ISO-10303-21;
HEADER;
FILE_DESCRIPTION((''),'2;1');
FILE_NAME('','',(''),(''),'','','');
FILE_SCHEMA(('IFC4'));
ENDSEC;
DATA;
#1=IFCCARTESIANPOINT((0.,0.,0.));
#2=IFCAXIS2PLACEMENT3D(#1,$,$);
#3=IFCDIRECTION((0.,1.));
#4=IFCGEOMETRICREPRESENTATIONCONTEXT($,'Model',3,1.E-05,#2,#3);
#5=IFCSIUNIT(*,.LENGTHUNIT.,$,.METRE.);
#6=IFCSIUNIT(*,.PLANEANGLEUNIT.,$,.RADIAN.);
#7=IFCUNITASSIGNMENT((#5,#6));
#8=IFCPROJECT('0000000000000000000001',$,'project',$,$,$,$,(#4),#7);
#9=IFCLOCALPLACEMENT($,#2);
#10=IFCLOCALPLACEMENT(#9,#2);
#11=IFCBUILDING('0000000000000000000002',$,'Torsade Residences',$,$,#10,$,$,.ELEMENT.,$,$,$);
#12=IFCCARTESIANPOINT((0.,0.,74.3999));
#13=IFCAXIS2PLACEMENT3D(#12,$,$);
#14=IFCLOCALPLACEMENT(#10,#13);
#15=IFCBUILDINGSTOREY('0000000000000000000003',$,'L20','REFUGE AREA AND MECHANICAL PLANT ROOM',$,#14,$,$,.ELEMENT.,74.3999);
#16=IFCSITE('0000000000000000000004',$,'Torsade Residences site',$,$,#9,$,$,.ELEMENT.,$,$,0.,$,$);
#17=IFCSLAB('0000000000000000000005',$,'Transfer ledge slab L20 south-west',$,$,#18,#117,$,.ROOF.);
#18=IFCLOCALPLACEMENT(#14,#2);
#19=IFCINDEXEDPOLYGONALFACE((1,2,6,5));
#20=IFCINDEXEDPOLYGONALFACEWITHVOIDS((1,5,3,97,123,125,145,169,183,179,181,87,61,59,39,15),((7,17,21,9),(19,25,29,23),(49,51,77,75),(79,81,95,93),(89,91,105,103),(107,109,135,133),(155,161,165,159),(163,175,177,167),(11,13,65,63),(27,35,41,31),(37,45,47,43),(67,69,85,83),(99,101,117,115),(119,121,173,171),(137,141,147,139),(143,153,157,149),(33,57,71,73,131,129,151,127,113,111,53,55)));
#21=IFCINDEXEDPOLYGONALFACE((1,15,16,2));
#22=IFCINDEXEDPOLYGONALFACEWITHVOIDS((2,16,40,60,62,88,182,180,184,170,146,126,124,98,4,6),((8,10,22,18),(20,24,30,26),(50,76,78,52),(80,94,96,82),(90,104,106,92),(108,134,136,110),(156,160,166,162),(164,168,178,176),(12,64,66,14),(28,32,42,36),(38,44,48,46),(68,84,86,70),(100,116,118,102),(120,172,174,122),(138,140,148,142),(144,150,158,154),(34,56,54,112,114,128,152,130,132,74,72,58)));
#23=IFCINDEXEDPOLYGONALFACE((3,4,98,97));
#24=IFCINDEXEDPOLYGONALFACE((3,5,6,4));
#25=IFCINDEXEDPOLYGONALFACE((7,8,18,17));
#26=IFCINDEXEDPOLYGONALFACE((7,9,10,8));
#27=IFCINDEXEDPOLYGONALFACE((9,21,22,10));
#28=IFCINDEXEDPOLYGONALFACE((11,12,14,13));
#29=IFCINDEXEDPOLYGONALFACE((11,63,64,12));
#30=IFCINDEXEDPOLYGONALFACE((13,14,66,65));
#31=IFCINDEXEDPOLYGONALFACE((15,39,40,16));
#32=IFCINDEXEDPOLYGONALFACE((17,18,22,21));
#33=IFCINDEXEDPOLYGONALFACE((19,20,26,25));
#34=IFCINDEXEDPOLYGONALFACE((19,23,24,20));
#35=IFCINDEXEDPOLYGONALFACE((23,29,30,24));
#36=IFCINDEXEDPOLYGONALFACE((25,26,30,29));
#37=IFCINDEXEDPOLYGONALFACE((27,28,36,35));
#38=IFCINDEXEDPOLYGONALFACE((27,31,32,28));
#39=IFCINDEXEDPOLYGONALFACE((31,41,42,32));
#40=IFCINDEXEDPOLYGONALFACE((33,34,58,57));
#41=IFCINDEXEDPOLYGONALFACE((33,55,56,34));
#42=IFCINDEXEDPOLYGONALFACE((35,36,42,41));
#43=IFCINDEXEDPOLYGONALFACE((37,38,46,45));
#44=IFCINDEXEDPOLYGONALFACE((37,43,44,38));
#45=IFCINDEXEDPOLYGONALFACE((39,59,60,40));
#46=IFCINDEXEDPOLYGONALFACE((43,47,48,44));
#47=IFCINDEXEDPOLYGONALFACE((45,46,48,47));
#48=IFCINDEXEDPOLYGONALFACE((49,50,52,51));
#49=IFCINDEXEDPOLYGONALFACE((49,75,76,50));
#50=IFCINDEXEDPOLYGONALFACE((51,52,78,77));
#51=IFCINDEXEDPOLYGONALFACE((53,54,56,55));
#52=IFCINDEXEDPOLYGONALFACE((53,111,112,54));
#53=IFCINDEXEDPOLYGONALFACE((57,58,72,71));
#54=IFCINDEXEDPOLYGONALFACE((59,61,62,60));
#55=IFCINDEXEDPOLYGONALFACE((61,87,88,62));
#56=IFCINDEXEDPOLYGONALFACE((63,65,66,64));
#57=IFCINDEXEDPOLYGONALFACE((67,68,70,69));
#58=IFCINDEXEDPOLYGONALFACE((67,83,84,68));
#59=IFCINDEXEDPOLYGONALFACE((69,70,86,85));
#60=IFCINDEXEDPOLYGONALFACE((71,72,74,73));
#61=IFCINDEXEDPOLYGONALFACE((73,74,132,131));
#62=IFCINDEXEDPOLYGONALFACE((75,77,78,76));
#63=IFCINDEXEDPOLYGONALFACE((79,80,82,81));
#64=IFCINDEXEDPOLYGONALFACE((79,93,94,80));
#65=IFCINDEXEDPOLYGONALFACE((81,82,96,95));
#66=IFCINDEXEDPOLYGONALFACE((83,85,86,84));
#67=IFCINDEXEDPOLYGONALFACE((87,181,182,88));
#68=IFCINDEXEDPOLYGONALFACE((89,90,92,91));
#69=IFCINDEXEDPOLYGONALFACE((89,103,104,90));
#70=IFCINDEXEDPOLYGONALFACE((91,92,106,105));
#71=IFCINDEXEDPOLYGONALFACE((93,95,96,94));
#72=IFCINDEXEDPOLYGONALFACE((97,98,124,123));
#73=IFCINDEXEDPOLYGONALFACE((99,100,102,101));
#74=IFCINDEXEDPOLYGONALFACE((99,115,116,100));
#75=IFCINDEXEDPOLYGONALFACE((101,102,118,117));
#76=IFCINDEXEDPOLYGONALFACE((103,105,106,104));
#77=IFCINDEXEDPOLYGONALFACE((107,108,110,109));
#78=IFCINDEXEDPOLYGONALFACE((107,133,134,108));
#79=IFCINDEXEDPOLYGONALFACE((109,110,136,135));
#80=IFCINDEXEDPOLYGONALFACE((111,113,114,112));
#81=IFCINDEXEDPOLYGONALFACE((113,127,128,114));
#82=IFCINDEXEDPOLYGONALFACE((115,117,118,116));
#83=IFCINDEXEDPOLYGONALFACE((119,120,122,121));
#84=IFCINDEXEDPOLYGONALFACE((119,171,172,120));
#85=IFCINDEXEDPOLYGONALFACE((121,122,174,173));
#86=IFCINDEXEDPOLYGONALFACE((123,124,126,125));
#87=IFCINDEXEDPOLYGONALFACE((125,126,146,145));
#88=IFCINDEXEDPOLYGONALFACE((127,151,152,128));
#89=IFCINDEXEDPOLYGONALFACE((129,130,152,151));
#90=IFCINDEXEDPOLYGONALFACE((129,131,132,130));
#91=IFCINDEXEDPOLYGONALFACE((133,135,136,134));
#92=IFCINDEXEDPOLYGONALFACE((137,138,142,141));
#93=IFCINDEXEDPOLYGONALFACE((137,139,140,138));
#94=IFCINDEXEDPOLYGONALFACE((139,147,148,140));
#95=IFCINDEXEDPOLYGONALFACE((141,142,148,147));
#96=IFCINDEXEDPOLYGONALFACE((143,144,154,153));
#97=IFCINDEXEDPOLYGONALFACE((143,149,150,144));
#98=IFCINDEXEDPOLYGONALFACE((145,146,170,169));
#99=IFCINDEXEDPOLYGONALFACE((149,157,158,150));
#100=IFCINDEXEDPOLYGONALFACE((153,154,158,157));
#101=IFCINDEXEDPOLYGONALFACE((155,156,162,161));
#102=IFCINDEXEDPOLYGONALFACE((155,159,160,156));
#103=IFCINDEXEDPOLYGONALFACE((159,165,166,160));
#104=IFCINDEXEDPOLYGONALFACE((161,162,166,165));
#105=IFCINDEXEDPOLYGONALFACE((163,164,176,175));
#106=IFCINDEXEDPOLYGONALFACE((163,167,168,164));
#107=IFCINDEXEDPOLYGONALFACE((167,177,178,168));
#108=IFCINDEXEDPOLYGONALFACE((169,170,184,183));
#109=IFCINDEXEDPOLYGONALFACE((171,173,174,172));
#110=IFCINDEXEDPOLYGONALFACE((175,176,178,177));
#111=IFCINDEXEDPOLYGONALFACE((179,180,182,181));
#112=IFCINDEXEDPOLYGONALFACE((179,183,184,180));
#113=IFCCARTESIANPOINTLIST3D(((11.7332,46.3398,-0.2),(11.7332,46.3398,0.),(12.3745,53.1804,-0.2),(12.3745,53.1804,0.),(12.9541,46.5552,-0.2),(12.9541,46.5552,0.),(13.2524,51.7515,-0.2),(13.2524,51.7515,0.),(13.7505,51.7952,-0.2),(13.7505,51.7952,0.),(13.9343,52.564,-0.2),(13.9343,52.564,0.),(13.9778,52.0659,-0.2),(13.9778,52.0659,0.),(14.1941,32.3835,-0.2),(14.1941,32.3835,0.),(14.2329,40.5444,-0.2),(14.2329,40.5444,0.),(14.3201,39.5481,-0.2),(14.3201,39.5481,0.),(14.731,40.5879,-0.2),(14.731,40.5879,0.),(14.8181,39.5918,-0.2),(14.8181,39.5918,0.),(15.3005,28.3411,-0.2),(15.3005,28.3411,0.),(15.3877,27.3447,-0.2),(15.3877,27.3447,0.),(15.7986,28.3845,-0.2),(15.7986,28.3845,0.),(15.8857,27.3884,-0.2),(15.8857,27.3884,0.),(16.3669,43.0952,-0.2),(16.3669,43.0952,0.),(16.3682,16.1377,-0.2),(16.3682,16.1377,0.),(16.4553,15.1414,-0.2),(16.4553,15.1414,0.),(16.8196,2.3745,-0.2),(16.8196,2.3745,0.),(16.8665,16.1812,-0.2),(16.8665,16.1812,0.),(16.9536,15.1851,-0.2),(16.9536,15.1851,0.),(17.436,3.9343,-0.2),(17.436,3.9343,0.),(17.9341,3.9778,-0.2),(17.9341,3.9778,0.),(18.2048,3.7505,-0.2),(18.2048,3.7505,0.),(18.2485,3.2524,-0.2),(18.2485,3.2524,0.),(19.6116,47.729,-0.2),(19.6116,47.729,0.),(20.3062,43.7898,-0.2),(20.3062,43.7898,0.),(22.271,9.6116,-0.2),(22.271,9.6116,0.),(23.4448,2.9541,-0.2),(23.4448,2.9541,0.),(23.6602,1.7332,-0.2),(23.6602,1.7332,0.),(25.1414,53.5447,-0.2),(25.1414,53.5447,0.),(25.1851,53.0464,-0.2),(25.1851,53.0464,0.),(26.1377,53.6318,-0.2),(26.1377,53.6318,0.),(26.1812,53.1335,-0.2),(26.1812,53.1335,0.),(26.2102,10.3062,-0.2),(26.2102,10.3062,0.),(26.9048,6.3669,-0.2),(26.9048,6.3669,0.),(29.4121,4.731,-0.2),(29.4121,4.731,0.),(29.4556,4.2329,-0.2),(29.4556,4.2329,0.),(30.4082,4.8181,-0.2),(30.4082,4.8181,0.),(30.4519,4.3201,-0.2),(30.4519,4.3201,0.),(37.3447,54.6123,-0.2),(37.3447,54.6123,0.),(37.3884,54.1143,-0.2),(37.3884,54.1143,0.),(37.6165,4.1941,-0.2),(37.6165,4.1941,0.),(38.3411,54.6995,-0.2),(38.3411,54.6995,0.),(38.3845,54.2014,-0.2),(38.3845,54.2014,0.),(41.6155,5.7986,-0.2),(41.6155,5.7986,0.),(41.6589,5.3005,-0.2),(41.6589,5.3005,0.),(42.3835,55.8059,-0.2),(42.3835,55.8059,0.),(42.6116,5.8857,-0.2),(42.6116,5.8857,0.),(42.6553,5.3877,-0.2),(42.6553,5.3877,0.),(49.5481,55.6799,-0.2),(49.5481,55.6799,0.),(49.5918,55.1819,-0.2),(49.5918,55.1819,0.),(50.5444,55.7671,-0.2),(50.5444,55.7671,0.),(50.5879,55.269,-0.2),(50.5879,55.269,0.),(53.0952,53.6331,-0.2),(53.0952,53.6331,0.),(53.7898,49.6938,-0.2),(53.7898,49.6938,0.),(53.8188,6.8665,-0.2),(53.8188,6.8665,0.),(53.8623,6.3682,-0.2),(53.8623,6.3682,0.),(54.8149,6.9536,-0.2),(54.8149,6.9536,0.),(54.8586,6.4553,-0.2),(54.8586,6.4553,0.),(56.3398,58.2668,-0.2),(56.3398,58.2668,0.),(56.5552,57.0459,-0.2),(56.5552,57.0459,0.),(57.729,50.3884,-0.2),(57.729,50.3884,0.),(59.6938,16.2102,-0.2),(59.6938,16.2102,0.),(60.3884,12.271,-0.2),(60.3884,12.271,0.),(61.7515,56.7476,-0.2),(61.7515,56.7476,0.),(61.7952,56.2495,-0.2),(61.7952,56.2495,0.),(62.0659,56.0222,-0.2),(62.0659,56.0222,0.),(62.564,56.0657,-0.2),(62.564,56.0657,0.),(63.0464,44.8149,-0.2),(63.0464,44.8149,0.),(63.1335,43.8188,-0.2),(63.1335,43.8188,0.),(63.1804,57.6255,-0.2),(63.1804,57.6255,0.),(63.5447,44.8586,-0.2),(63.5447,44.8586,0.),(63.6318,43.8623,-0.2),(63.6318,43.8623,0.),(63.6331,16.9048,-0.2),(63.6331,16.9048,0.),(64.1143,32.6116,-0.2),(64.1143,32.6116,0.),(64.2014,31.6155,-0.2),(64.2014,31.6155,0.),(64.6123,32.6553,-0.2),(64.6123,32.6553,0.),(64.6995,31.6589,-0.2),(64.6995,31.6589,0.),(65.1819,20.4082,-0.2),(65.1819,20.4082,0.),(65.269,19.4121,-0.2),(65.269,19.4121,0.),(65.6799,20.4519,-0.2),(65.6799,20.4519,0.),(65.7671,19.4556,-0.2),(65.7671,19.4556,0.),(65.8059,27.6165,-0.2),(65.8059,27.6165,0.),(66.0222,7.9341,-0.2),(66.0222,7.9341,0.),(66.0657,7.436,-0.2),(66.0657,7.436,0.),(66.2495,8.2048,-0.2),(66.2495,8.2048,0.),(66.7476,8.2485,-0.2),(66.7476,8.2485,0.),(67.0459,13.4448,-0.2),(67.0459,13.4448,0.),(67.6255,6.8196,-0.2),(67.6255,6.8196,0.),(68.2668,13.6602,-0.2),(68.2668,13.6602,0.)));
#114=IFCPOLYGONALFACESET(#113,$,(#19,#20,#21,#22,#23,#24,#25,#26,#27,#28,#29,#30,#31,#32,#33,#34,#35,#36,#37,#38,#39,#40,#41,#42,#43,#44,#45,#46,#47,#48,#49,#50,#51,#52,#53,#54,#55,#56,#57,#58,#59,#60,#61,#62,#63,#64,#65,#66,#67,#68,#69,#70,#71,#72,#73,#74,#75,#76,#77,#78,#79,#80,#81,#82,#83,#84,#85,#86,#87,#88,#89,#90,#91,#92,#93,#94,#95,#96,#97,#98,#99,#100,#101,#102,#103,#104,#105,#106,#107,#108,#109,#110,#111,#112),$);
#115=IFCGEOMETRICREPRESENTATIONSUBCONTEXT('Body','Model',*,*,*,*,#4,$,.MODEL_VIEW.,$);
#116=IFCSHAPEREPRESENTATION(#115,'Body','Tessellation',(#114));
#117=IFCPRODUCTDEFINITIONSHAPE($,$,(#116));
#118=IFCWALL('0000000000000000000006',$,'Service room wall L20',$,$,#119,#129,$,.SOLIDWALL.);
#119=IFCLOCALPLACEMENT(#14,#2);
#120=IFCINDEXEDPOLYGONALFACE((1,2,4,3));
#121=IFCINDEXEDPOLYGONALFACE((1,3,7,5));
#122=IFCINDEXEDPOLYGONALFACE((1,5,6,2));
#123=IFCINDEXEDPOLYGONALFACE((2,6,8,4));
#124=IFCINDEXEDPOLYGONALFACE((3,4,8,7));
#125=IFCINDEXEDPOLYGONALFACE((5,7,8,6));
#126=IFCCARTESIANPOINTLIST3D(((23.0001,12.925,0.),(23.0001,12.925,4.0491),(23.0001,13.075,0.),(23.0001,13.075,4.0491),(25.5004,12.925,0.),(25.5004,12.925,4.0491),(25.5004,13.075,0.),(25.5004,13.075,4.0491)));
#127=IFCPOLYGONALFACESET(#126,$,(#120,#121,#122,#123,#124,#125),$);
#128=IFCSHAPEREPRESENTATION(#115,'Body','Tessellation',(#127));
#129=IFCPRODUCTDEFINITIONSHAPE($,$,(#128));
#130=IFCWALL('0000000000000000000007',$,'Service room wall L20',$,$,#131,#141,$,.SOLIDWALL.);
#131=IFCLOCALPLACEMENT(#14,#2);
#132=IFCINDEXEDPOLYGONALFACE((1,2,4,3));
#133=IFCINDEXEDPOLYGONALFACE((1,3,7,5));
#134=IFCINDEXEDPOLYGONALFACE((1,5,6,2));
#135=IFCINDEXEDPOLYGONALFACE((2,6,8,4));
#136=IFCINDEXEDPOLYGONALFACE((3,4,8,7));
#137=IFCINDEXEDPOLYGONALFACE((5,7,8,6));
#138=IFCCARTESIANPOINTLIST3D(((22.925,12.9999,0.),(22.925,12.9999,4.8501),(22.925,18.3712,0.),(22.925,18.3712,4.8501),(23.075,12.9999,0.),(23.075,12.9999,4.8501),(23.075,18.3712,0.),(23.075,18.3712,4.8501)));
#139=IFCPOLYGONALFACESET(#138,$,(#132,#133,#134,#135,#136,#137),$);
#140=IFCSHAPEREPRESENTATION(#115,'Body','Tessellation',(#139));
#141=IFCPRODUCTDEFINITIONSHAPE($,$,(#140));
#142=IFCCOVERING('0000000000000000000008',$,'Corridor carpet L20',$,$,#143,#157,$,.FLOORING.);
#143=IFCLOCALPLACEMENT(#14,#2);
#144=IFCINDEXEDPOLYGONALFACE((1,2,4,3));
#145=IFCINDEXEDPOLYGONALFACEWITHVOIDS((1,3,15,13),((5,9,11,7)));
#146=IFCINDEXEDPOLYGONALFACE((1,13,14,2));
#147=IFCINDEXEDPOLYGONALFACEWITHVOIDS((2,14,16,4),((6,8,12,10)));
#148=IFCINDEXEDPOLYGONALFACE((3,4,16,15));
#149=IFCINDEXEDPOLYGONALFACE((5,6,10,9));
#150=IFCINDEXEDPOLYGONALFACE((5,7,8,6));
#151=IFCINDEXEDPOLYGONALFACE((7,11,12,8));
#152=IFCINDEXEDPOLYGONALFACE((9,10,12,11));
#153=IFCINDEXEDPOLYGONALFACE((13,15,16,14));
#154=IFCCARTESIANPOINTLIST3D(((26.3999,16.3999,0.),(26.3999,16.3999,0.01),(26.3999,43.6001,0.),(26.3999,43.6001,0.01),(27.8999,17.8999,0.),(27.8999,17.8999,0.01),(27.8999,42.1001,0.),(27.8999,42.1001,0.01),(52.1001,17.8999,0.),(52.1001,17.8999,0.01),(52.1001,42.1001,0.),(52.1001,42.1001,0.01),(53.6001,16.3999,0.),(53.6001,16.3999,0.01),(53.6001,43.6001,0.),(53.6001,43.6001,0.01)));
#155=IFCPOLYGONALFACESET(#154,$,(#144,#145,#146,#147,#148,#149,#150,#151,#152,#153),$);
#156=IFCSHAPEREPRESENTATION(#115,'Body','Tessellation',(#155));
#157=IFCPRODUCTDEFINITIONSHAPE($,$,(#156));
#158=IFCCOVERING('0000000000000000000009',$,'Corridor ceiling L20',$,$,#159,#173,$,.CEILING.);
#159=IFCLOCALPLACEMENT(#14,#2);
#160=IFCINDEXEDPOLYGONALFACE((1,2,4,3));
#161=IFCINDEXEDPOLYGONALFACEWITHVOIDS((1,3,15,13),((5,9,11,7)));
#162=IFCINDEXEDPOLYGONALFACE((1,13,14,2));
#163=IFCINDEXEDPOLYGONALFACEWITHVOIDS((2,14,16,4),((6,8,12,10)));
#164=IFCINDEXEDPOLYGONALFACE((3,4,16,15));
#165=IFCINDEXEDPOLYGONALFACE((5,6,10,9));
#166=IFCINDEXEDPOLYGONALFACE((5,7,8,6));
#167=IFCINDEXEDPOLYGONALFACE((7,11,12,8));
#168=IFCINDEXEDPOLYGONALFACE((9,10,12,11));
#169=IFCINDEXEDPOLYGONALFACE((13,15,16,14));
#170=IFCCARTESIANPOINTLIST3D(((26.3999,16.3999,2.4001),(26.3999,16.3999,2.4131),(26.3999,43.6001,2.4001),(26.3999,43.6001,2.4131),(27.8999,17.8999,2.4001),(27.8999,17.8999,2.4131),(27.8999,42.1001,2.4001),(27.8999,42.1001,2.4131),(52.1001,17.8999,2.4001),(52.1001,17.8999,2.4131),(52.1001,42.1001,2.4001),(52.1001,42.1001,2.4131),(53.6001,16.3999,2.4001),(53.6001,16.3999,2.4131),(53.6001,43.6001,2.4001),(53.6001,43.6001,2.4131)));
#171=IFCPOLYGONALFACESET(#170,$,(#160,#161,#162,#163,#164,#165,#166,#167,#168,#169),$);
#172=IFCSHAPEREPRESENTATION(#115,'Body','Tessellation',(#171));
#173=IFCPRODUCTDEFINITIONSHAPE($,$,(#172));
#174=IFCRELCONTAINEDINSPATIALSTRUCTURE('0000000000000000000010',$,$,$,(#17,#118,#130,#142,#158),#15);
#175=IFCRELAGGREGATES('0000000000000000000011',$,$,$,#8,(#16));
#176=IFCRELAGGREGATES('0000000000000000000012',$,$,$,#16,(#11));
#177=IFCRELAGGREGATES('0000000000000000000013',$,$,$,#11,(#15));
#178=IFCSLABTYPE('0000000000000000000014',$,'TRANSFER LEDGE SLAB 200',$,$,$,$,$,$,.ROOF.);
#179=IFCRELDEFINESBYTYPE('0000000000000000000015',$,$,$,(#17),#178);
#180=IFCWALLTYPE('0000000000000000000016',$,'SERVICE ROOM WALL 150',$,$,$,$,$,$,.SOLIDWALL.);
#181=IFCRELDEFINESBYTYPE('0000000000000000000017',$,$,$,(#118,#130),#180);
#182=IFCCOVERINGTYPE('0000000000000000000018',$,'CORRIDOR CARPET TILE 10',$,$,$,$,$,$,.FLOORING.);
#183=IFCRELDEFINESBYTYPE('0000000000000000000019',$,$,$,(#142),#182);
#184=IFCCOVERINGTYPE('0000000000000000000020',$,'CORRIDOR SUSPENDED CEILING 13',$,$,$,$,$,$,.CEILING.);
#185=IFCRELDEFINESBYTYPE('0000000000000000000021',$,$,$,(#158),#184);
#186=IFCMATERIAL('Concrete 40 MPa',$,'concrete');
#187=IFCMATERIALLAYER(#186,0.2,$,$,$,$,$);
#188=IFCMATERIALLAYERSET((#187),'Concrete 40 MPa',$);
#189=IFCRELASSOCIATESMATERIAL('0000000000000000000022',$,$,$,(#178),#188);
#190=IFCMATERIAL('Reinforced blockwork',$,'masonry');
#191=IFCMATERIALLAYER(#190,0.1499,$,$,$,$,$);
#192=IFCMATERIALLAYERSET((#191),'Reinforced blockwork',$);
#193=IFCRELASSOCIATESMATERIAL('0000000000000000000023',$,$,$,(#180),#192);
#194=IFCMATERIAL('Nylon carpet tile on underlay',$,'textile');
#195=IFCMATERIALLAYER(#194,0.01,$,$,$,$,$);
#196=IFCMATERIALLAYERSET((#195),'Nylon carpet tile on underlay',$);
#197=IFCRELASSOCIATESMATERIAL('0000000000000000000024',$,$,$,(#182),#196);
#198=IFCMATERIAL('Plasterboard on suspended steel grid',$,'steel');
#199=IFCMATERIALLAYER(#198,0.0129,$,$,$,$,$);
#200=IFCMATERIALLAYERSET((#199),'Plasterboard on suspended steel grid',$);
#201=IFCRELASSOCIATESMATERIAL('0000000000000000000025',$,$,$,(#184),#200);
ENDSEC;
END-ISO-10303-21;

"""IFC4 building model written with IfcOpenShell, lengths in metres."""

from ifc_helpers import new_model, si_unit, direction, frame, frame_2d, origin, place, context, subcontext, project, spatial, polyline, rectangle, outline, extrude, material, layer, layer_set, type_object, element, save


model = new_model("IFC4")

# Units and contexts
model_context = context("Model", 3, precision=1e-05, world=origin(), true_north=direction((0.0, 1.0)))
body_context = subcontext(model_context, "Body", "Model", "MODEL_VIEW")
ifc_project = project(units=[si_unit("LENGTHUNIT", "METRE"), si_unit("PLANEANGLEUNIT", "RADIAN")], contexts=[model_context])

# Site, building, storey
site_placement = place(None, origin())
site = spatial("IfcSite", under=ifc_project, at=site_placement, Name="Torsade Residences site", CompositionType="ELEMENT", RefElevation=0.0)
building_placement = place(site_placement, origin())
building = spatial("IfcBuilding", under=site, at=building_placement, Name="Torsade Residences", CompositionType="ELEMENT")
storey_placement = place(building_placement, frame((0.0, 0.0, 74.3999)))
storey = spatial("IfcBuildingStorey", under=building, at=storey_placement, Name="L20", Description="REFUGE AREA AND MECHANICAL PLANT ROOM", CompositionType="ELEMENT", Elevation=74.3999)

# Slab
ifc_material_1 = material(Name="Concrete 40 MPa", Category="concrete")
ifc_layer_1 = layer(ifc_material_1, 0.2)
ifc_layer_set_1 = layer_set([ifc_layer_1], Name="Concrete 40 MPa")
slab_type_1 = type_object("IfcSlabType", Name="TRANSFER LEDGE SLAB 200", PredefinedType="ROOF", material=ifc_layer_set_1)
slab_1_placement = place(storey_placement, frame((0.0, 0.0, -0.2)))
element("IfcSlab", 1, at=slab_1_placement, inside=storey, type_object=slab_type_1, Name="Transfer ledge slab L20 south-west", PredefinedType="ROOF", context=body_context, shape_type="SweptSolid", body=[
    extrude(outline(polyline([(14.1941, 32.3835), (16.8196, 2.3745), (23.4448, 2.9541), (23.6602, 1.7332), (37.6165, 4.1941), (67.6255, 6.8196), (67.0459, 13.4448), (68.2668, 13.6602), (65.8059, 27.6165), (63.1804, 57.6255), (56.5552, 57.0459), (56.3398, 58.2668), (42.3835, 55.8059), (12.3745, 53.1804), (12.9541, 46.5552), (11.7332, 46.3398), (14.1941, 32.3835)]), holes=[polyline([(66.2495, 8.2048), (66.7476, 8.2485), (65.7671, 19.4556), (65.269, 19.4121), (66.2495, 8.2048)]), polyline([(54.8149, 6.9536), (54.8586, 6.4553), (66.0657, 7.436), (66.0222, 7.9341), (54.8149, 6.9536)]), polyline([(65.1819, 20.4082), (65.6799, 20.4519), (64.6995, 31.6589), (64.2014, 31.6155), (65.1819, 20.4082)]), polyline([(64.1143, 32.6116), (64.6123, 32.6553), (63.6318, 43.8623), (63.1335, 43.8188), (64.1143, 32.6116)]), polyline([(59.6938, 16.2102), (63.6331, 16.9048), (57.729, 50.3884), (53.7898, 49.6938), (53.0952, 53.6331), (19.6116, 47.729), (20.3062, 43.7898), (16.3669, 43.0952), (22.271, 9.6116), (26.2102, 10.3062), (26.9048, 6.3669), (60.3884, 12.271), (59.6938, 16.2102)]), polyline([(63.0464, 44.8149), (63.5447, 44.8586), (62.564, 56.0657), (62.0659, 56.0222), (63.0464, 44.8149)]), polyline([(61.7952, 56.2495), (61.7515, 56.7476), (50.5444, 55.7671), (50.5879, 55.269), (61.7952, 56.2495)]), polyline([(42.6116, 5.8857), (42.6553, 5.3877), (53.8623, 6.3682), (53.8188, 6.8665), (42.6116, 5.8857)]), polyline([(49.5918, 55.1819), (49.5481, 55.6799), (38.3411, 54.6995), (38.3845, 54.2014), (49.5918, 55.1819)]), polyline([(30.4082, 4.8181), (30.4519, 4.3201), (41.6589, 5.3005), (41.6155, 5.7986), (30.4082, 4.8181)]), polyline([(37.3884, 54.1143), (37.3447, 54.6123), (26.1377, 53.6318), (26.1812, 53.1335), (37.3884, 54.1143)]), polyline([(18.2048, 3.7505), (18.2485, 3.2524), (29.4556, 4.2329), (29.4121, 4.731), (18.2048, 3.7505)]), polyline([(25.1851, 53.0464), (25.1414, 53.5447), (13.9343, 52.564), (13.9778, 52.0659), (25.1851, 53.0464)]), polyline([(16.9536, 15.1851), (16.4553, 15.1414), (17.436, 3.9343), (17.9341, 3.9778), (16.9536, 15.1851)]), polyline([(15.8857, 27.3884), (15.3877, 27.3447), (16.3682, 16.1377), (16.8665, 16.1812), (15.8857, 27.3884)]), polyline([(14.8181, 39.5918), (14.3201, 39.5481), (15.3005, 28.3411), (15.7986, 28.3845), (14.8181, 39.5918)]), polyline([(13.7505, 51.7952), (13.2524, 51.7515), (14.2329, 40.5444), (14.731, 40.5879), (13.7505, 51.7952)])]), origin(), (0.0, 0.0, 1.0), 0.2),
])

# Walls
ifc_material_2 = material(Name="Reinforced blockwork", Category="masonry")
ifc_layer_2 = layer(ifc_material_2, 0.1499)
ifc_layer_set_2 = layer_set([ifc_layer_2], Name="Reinforced blockwork")
wall_type = type_object("IfcWallType", Name="SERVICE ROOM WALL 150", PredefinedType="SOLIDWALL", material=ifc_layer_set_2)
wall_1_placement = place(storey_placement, frame((25.5002, 13.0, 0.0), z_axis=(0.0, 0.0, 1.0), x_axis=(-1.0, 0.0, 0.0)))
element("IfcWall", 2, at=wall_1_placement, inside=storey, type_object=wall_type, Name="Service room wall L20", PredefinedType="SOLIDWALL", context=body_context, shape_type="SweptSolid", body=[
    extrude(rectangle(XDim=2.5002, YDim=0.1499, at=frame_2d((1.25, 0.0))), origin(), (0.0, 0.0, 1.0), 4.0491),
])
wall_2_placement = place(storey_placement, frame((23.0, 13.0, 0.0), z_axis=(0.0, 0.0, 1.0), x_axis=(0.0, 1.0, 0.0)))
element("IfcWall", 3, at=wall_2_placement, inside=storey, type_object=wall_type, Name="Service room wall L20", PredefinedType="SOLIDWALL", context=body_context, shape_type="SweptSolid", body=[
    extrude(rectangle(XDim=5.3713, YDim=0.1499, at=frame_2d((2.6855, 0.0))), origin(), (0.0, 0.0, 1.0), 4.8501),
])

# Coverings
ifc_material_3 = material(Name="Nylon carpet tile on underlay", Category="textile")
ifc_layer_3 = layer(ifc_material_3, 0.01)
ifc_layer_set_3 = layer_set([ifc_layer_3], Name="Nylon carpet tile on underlay")
covering_type_1 = type_object("IfcCoveringType", Name="CORRIDOR CARPET TILE 10", PredefinedType="FLOORING", material=ifc_layer_set_3)
covering_1_placement = place(storey_placement, origin())
element("IfcCovering", 4, at=covering_1_placement, inside=storey, type_object=covering_type_1, Name="Corridor carpet L20", PredefinedType="FLOORING", context=body_context, shape_type="SweptSolid", body=[
    extrude(outline(polyline([(26.3999, 16.3999), (53.6001, 16.3999), (53.6001, 43.6001), (26.3999, 43.6001), (26.3999, 16.3999)]), holes=[polyline([(27.8999, 42.1001), (27.8999, 17.8999), (52.1001, 17.8999), (52.1001, 42.1001), (27.8999, 42.1001)])]), origin(), (0.0, 0.0, 1.0), 0.01),
])
ifc_material_4 = material(Name="Plasterboard on suspended steel grid", Category="steel")
ifc_layer_4 = layer(ifc_material_4, 0.0129)
ifc_layer_set_4 = layer_set([ifc_layer_4], Name="Plasterboard on suspended steel grid")
covering_type_2 = type_object("IfcCoveringType", Name="CORRIDOR SUSPENDED CEILING 13", PredefinedType="CEILING", material=ifc_layer_set_4)
covering_2_placement = place(storey_placement, frame((0.0, 0.0, 2.4001)))
element("IfcCovering", 5, at=covering_2_placement, inside=storey, type_object=covering_type_2, Name="Corridor ceiling L20", PredefinedType="CEILING", context=body_context, shape_type="SweptSolid", body=[
    extrude(outline(polyline([(26.3999, 16.3999), (53.6001, 16.3999), (53.6001, 43.6001), (26.3999, 43.6001), (26.3999, 16.3999)]), holes=[polyline([(27.8999, 42.1001), (27.8999, 17.8999), (52.1001, 17.8999), (52.1001, 42.1001), (27.8999, 42.1001)])]), origin(), (0.0, 0.0, 1.0), 0.0129),
])

save(model, "model.ifc")
